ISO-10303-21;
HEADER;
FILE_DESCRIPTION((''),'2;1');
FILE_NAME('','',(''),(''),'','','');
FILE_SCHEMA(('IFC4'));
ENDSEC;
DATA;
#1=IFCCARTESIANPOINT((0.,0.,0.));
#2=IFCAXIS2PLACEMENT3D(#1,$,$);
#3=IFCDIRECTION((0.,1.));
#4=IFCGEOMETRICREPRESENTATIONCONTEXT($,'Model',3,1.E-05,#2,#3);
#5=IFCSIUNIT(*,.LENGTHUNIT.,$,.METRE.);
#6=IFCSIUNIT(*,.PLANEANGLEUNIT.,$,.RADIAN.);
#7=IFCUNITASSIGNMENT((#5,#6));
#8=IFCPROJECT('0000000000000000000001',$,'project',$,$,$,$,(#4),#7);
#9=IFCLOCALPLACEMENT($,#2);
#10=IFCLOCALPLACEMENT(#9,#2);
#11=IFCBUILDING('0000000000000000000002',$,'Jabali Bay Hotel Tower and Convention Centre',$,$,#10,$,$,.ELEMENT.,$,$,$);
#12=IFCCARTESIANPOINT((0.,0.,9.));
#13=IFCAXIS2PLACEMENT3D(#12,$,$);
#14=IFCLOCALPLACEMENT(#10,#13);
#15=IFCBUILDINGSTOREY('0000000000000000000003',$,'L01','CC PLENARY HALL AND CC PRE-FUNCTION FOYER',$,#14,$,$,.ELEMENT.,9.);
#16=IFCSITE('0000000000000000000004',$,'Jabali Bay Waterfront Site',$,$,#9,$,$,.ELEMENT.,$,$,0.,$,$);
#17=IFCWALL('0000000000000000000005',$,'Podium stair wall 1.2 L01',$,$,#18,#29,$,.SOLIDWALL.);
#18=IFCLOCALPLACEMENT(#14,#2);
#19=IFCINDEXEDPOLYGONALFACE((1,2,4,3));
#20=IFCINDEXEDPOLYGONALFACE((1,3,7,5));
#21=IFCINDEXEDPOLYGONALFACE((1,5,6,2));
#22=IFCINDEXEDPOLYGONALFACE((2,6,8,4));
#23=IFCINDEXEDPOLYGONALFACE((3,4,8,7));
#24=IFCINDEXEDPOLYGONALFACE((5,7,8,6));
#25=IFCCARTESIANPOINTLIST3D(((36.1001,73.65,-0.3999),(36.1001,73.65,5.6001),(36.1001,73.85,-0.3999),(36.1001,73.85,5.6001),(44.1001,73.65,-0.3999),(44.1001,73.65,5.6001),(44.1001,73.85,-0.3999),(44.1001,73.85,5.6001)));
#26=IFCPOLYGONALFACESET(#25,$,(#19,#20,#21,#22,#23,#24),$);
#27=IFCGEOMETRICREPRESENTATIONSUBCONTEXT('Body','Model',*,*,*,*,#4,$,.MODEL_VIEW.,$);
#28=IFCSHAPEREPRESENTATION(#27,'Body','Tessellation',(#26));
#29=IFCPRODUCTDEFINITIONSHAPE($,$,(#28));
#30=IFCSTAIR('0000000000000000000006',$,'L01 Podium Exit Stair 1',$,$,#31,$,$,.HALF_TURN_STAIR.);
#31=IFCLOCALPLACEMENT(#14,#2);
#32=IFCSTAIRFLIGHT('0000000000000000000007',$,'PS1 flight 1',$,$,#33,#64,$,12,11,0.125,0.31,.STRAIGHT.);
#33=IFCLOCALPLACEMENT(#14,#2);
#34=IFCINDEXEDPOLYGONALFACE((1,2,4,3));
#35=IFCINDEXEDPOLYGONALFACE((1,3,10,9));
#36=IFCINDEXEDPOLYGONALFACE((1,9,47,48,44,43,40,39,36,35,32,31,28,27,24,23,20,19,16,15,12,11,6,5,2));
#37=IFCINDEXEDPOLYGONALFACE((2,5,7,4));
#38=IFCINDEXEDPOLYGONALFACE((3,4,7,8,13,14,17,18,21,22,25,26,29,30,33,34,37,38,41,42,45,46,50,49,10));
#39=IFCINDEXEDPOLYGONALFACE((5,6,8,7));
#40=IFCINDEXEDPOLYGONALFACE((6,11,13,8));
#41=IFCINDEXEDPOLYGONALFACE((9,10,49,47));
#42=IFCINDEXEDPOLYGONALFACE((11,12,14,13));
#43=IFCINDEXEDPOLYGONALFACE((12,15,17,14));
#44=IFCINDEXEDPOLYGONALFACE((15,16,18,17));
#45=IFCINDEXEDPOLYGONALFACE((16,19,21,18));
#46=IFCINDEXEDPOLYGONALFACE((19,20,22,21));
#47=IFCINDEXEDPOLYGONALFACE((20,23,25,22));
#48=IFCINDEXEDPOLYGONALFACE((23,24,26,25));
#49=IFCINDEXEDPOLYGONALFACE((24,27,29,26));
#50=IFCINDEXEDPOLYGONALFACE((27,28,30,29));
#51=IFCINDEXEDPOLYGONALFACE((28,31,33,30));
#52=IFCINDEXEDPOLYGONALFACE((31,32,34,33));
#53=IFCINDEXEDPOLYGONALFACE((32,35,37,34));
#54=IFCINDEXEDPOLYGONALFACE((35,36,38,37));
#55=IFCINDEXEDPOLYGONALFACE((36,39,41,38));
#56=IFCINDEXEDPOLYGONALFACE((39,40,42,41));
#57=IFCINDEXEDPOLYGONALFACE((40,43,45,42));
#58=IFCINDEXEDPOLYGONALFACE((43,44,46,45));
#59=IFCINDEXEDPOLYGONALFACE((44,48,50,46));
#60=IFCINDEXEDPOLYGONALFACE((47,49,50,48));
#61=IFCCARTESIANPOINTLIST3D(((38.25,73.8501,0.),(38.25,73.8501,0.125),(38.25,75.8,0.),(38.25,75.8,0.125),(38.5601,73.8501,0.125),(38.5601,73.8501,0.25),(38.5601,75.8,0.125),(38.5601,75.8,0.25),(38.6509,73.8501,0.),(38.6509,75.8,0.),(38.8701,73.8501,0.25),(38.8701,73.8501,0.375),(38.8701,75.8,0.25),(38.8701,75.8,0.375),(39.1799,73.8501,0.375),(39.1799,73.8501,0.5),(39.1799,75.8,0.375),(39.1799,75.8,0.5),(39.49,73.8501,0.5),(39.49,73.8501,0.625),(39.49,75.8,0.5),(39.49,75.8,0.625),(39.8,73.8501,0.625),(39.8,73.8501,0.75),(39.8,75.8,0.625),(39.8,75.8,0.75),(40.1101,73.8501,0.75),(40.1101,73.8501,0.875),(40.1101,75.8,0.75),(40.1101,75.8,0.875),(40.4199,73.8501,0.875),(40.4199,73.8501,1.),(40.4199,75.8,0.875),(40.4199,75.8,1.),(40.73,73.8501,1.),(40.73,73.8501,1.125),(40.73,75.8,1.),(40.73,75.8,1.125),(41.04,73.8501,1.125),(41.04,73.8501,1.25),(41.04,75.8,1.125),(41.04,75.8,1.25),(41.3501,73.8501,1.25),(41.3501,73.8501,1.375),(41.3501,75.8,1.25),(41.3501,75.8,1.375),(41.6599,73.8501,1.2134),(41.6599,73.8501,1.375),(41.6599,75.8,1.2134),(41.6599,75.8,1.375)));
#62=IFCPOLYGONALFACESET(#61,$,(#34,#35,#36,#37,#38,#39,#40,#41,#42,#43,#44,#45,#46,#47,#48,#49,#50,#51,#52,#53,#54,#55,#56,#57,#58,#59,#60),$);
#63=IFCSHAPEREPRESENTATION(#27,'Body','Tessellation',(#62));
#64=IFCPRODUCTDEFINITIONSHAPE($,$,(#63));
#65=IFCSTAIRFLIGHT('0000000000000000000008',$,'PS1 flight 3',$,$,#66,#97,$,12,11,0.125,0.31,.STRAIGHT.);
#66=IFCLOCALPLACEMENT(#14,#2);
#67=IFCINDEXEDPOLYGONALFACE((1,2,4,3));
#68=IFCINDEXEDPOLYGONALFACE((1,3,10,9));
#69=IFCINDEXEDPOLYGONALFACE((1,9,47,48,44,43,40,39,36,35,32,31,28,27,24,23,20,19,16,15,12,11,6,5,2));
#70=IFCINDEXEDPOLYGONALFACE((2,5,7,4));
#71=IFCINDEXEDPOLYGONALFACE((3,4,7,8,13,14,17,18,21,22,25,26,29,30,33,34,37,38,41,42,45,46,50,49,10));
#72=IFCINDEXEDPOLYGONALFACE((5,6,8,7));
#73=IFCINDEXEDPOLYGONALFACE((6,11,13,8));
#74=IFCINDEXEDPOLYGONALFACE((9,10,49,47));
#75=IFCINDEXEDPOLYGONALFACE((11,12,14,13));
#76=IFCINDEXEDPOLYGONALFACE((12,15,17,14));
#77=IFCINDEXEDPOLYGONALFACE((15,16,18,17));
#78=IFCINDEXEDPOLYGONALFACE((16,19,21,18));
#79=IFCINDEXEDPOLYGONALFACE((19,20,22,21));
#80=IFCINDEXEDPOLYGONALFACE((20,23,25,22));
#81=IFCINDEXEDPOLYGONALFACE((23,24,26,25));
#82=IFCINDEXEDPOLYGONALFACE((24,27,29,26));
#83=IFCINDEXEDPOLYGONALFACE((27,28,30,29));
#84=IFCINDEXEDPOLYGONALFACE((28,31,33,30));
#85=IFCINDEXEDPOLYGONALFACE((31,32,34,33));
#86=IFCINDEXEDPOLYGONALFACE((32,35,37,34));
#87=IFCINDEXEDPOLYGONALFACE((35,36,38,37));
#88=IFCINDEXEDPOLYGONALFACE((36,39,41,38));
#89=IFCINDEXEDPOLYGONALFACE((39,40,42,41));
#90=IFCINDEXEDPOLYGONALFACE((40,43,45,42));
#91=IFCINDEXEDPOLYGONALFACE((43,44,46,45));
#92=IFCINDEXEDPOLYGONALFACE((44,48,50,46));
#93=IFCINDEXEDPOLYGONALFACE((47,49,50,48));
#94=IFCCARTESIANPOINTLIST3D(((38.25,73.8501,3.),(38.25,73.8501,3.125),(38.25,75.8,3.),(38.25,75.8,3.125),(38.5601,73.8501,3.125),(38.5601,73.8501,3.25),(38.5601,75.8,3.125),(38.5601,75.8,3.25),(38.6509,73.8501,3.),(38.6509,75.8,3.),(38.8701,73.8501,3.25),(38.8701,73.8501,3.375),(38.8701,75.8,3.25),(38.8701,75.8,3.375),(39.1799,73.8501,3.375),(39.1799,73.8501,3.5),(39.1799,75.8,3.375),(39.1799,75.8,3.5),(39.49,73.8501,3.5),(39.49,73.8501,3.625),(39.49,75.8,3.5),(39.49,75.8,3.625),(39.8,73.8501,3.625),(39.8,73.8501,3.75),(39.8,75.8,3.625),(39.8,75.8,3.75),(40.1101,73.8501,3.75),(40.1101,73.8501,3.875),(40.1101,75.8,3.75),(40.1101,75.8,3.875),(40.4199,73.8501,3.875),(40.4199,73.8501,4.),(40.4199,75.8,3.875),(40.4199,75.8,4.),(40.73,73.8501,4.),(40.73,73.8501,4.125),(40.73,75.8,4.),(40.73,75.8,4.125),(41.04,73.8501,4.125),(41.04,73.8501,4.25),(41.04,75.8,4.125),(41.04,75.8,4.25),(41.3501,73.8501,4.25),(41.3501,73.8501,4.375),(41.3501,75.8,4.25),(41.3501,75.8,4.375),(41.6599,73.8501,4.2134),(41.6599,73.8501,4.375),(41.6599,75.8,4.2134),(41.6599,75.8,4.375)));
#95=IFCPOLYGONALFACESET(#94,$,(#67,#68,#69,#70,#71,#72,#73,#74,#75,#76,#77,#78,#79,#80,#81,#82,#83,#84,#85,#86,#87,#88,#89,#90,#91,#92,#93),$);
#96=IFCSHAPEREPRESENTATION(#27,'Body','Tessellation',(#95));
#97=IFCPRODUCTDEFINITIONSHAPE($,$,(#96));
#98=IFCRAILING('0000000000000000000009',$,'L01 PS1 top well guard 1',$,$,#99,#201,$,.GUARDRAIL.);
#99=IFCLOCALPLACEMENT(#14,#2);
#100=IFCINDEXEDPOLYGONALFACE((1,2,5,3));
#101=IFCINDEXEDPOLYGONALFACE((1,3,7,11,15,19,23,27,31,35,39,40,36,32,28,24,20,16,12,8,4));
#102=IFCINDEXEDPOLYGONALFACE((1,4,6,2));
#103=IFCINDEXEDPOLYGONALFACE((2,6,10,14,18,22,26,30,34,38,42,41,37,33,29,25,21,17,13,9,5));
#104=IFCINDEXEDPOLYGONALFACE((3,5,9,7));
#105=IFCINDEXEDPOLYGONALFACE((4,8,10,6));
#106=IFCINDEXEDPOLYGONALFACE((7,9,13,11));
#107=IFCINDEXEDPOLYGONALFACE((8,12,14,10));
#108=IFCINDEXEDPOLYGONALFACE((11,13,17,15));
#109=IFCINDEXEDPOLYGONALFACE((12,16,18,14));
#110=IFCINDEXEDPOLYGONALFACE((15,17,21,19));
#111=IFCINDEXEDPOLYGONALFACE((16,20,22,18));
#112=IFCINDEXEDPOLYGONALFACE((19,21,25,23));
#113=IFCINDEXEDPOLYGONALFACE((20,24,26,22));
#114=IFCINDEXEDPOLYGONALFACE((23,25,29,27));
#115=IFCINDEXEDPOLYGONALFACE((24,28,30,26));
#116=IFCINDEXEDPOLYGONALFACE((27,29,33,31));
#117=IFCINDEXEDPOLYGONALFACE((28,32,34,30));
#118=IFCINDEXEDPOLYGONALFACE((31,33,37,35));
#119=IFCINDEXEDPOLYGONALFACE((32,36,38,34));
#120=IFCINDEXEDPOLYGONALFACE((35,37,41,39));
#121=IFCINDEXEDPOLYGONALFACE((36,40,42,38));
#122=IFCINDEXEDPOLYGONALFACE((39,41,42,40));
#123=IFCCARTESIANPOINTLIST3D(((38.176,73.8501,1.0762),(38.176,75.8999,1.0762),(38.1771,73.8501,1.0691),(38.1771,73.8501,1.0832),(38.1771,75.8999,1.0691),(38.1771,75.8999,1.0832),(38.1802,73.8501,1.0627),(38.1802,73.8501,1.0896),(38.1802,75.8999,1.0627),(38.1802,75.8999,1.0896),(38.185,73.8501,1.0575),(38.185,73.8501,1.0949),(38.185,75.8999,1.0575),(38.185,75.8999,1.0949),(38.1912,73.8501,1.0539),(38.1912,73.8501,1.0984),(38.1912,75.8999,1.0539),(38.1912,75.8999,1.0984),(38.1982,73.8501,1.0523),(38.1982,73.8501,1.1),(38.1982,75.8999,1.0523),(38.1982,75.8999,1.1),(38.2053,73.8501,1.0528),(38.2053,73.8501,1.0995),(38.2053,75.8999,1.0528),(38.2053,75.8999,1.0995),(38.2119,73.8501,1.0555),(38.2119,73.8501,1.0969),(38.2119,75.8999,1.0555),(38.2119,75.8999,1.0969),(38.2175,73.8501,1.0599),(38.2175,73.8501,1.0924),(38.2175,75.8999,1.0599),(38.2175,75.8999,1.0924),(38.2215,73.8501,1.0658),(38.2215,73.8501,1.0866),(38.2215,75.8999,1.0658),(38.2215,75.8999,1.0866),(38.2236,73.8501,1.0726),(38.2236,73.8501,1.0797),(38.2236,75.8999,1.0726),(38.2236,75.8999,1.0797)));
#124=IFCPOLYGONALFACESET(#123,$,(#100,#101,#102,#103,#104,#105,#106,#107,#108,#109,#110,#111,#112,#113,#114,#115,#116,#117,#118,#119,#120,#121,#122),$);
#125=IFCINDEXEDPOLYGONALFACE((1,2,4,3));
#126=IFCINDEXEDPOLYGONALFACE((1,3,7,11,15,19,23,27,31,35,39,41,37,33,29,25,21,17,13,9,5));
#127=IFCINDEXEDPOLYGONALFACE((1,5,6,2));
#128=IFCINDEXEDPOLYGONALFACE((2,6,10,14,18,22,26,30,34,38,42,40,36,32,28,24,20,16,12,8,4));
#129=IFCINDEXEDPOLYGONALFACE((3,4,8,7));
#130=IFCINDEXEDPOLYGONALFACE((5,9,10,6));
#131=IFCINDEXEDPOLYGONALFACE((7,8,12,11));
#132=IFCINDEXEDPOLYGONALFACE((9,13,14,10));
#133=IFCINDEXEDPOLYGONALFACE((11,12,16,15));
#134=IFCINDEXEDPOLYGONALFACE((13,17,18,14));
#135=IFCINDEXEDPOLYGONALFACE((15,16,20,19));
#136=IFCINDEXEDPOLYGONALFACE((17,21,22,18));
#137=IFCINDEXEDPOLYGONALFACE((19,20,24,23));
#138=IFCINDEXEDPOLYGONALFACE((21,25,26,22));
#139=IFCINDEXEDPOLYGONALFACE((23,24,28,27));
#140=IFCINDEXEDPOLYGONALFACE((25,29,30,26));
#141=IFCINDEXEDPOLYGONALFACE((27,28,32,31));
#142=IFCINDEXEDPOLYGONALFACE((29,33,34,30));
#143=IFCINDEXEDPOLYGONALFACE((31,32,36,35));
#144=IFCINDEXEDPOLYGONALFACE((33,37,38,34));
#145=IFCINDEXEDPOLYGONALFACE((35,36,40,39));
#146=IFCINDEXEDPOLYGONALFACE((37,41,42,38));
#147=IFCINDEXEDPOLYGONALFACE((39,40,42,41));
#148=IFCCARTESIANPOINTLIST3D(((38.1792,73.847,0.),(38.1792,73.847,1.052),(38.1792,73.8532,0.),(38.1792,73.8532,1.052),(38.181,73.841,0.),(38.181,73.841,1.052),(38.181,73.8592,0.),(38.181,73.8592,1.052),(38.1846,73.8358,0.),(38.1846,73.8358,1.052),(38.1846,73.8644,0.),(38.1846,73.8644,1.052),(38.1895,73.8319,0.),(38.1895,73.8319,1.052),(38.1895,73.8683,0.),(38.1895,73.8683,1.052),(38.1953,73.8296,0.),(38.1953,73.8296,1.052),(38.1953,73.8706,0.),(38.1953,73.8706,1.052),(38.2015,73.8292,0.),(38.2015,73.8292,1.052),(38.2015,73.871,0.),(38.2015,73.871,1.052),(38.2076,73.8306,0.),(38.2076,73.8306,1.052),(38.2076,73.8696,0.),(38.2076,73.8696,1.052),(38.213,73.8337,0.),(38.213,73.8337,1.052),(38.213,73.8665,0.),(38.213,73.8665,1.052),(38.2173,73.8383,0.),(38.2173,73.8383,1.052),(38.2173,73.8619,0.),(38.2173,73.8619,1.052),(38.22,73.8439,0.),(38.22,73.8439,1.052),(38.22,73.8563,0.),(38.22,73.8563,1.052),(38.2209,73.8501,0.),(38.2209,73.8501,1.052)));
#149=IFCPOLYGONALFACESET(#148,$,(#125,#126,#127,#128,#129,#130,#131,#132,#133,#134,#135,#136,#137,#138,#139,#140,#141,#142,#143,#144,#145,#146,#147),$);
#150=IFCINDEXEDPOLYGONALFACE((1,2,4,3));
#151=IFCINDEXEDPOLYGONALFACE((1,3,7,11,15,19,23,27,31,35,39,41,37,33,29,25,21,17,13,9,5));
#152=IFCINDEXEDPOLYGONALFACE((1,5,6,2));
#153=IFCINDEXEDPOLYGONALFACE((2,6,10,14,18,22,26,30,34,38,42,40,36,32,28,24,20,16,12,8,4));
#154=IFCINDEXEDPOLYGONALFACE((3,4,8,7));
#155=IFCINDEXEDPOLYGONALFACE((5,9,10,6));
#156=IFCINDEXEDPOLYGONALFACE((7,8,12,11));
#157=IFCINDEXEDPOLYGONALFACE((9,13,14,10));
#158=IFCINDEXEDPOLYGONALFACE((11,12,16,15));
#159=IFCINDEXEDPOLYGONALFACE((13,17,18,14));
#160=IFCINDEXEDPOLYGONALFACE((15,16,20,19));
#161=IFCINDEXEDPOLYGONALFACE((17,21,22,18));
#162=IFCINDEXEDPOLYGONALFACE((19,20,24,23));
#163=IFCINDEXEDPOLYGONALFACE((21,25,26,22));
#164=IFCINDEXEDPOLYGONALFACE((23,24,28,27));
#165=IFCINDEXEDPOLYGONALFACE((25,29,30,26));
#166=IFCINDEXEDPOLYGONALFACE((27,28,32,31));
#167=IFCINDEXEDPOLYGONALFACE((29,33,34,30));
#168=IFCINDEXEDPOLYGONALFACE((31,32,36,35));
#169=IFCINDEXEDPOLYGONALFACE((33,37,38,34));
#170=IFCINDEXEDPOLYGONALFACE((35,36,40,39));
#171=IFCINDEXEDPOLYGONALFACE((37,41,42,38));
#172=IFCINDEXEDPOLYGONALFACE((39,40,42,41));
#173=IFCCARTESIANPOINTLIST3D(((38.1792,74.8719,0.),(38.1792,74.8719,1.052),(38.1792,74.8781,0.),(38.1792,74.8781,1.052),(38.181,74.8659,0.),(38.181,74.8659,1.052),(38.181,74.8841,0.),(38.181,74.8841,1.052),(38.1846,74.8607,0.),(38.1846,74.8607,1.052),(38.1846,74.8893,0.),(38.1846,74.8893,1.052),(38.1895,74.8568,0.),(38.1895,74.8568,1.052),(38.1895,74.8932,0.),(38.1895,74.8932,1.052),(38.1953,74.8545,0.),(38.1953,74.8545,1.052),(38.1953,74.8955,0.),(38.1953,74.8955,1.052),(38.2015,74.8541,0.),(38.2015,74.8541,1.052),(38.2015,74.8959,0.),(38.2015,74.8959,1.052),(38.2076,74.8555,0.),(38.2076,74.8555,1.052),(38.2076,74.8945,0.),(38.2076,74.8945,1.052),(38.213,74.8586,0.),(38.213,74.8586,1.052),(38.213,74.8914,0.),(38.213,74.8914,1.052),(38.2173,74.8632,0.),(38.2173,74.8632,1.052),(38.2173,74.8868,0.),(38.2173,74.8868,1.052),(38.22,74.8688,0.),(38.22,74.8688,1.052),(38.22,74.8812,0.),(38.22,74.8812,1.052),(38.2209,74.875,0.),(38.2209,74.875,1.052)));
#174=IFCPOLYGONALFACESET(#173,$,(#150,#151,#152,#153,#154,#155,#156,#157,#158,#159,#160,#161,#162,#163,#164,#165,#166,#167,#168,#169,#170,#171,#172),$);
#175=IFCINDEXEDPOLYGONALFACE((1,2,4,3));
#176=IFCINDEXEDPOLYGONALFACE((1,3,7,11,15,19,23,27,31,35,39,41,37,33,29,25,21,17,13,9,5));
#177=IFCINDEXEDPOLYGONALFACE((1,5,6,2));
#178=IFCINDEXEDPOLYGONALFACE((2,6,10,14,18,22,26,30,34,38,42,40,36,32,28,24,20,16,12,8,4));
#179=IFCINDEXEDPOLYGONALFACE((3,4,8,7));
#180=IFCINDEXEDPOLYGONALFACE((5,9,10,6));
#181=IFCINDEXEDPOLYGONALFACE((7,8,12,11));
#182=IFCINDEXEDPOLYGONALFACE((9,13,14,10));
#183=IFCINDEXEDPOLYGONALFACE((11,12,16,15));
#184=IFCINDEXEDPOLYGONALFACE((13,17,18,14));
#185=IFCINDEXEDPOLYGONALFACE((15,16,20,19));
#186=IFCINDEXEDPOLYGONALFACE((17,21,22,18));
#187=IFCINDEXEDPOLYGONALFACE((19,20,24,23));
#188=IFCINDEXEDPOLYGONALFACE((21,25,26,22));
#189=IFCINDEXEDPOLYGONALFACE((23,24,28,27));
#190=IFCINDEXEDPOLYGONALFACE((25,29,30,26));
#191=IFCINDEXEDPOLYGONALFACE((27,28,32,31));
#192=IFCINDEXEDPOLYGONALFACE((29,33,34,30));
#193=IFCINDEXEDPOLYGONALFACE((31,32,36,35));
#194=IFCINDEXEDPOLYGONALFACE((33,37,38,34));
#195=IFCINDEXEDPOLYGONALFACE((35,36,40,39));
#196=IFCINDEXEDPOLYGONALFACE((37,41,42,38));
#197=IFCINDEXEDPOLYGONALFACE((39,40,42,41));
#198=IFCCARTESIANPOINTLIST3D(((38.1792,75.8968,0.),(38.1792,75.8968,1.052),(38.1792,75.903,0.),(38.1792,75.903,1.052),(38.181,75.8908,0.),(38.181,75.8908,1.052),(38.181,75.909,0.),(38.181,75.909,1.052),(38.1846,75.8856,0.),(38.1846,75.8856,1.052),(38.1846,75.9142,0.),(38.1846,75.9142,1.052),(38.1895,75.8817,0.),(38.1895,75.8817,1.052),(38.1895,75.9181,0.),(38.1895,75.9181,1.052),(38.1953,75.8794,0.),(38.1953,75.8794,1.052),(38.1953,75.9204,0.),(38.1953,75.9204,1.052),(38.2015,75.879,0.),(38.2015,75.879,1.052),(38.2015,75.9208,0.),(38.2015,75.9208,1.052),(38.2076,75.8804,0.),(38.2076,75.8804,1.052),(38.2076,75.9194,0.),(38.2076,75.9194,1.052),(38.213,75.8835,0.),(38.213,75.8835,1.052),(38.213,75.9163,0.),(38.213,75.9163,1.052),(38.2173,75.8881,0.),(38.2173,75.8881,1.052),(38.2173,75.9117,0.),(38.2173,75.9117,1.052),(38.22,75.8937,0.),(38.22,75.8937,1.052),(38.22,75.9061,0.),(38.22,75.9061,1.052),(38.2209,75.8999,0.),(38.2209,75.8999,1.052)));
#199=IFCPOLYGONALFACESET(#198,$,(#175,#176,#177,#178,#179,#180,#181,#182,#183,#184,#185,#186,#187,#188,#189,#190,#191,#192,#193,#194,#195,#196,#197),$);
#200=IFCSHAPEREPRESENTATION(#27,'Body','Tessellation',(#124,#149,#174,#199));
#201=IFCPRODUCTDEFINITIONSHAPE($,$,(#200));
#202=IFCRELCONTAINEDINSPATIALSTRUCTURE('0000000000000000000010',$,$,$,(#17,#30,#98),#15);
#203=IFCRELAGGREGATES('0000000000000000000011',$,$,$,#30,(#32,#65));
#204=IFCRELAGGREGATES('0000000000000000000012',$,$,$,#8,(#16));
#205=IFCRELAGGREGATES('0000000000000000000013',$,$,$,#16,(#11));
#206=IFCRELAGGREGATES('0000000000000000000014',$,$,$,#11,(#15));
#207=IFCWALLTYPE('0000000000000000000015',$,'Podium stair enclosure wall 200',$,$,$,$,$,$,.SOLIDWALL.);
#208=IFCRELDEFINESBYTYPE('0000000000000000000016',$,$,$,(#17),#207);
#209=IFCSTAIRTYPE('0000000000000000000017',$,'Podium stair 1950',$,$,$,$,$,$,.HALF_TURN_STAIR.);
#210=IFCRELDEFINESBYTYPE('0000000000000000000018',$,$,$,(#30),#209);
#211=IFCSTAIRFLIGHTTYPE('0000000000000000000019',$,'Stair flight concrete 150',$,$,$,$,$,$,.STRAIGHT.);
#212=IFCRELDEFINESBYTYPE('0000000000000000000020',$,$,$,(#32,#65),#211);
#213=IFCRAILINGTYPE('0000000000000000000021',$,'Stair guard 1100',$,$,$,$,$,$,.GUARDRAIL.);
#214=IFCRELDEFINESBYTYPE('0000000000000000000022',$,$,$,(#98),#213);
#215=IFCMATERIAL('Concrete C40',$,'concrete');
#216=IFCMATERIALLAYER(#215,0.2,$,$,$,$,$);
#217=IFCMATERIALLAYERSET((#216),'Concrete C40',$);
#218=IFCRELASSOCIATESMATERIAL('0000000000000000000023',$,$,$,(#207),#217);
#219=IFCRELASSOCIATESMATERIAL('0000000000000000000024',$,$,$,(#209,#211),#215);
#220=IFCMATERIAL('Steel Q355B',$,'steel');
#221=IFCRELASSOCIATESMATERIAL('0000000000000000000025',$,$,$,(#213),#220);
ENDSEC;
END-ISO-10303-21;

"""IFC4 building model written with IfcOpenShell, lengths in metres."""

from ifc_helpers import new_model, si_unit, direction, frame, frame_2d, origin, origin_2d, place, context, subcontext, project, spatial, polyline, rectangle, circle, outline, extrude, material, layer, layer_set, type_object, element, aggregate, save


model = new_model("IFC4")

# Units and contexts
model_context = context("Model", 3, precision=1e-05, world=origin(), true_north=direction((0.0, 1.0)))
body_context = subcontext(model_context, "Body", "Model", "MODEL_VIEW")
ifc_project = project(units=[si_unit("LENGTHUNIT", "METRE"), si_unit("PLANEANGLEUNIT", "RADIAN")], contexts=[model_context])

# Site, building, storey
site_placement = place(None, origin())
site = spatial("IfcSite", under=ifc_project, at=site_placement, Name="Jabali Bay Waterfront Site", CompositionType="ELEMENT", RefElevation=0.0)
building_placement = place(site_placement, origin())
building = spatial("IfcBuilding", under=site, at=building_placement, Name="Jabali Bay Hotel Tower and Convention Centre", CompositionType="ELEMENT")
storey_placement = place(building_placement, frame((0.0, 0.0, 9.0)))
storey = spatial("IfcBuildingStorey", under=building, at=storey_placement, Name="L01", Description="CC PLENARY HALL AND CC PRE-FUNCTION FOYER", CompositionType="ELEMENT", Elevation=9.0)

# Shared definitions
ifc_material_1 = material(Name="Concrete C40", Category="concrete")

# Wall
ifc_layer_1 = layer(ifc_material_1, 0.2)
ifc_layer_set_1 = layer_set([ifc_layer_1], Name="Concrete C40")
wall_type = type_object("IfcWallType", Name="Podium stair enclosure wall 200", PredefinedType="SOLIDWALL", material=ifc_layer_set_1)
wall_placement = place(storey_placement, frame((36.1001, 73.75, -0.3999), z_axis=(0.0, 0.0, 1.0), x_axis=(1.0, 0.0, 0.0)))
element("IfcWall", 1, at=wall_placement, inside=storey, type_object=wall_type, Name="Podium stair wall 1.2 L01", PredefinedType="SOLIDWALL", context=body_context, shape_type="SweptSolid", body=[
    extrude(rectangle(XDim=8.0, YDim=0.2, at=frame_2d((4.0, 0.0))), origin(), (0.0, 0.0, 1.0), 6.0),
])

# Stair, stair flights
stair_type = type_object("IfcStairType", Name="Podium stair 1950", PredefinedType="HALF_TURN_STAIR", material=ifc_material_1)
stair_placement = place(storey_placement, origin())
stair = element("IfcStair", 2, at=stair_placement, inside=storey, type_object=stair_type, Name="L01 Podium Exit Stair 1", PredefinedType="HALF_TURN_STAIR")
stair_flight_type = type_object("IfcStairFlightType", Name="Stair flight concrete 150", PredefinedType="STRAIGHT", material=ifc_material_1)
stair_flight_1_placement = place(storey_placement, frame((38.25, 74.825, 0.0), z_axis=(0.0, 0.0, 1.0), x_axis=(1.0, 0.0, 0.0)))
stair_flight_1 = element("IfcStairFlight", 3, at=stair_flight_1_placement, type_object=stair_flight_type, Name="PS1 flight 1", NumberOfRisers=12, NumberOfTreads=11, PredefinedType="STRAIGHT", RiserHeight=0.125, TreadLength=0.31, context=body_context, shape_type="SweptSolid", body=[
    extrude(outline(polyline([(0.0, 0.0), (0.0, 0.125), (0.3101, 0.125), (0.3101, 0.25), (0.6201, 0.25), (0.6201, 0.375), (0.9299, 0.375), (0.9299, 0.5), (1.24, 0.5), (1.24, 0.625), (1.55, 0.625), (1.55, 0.75), (1.8601, 0.75), (1.8601, 0.875), (2.1699, 0.875), (2.1699, 1.0), (2.48, 1.0), (2.48, 1.125), (2.79, 1.125), (2.79, 1.25), (3.1001, 1.25), (3.1001, 1.375), (3.4099, 1.375), (3.4099, 1.5), (3.4099, 1.2134), (0.4009, 0.0), (0.0, 0.0)])), frame((0.0, 0.9751, 0.0), z_axis=(0.0, -1.0, 0.0), x_axis=(1.0, 0.0, 0.0)), (0.0, 0.0, 1.0), 1.95),
])
stair_flight_2_placement = place(storey_placement, frame((38.25, 74.825, 3.0), z_axis=(0.0, 0.0, 1.0), x_axis=(1.0, 0.0, 0.0)))
stair_flight_2 = element("IfcStairFlight", 4, at=stair_flight_2_placement, type_object=stair_flight_type, Name="PS1 flight 3", NumberOfRisers=12, NumberOfTreads=11, PredefinedType="STRAIGHT", RiserHeight=0.125, TreadLength=0.31, context=body_context, shape_type="SweptSolid", body=[
    extrude(outline(polyline([(0.0, 0.0), (0.0, 0.125), (0.3101, 0.125), (0.3101, 0.25), (0.6201, 0.25), (0.6201, 0.375), (0.9299, 0.375), (0.9299, 0.5), (1.24, 0.5), (1.24, 0.625), (1.55, 0.625), (1.55, 0.75), (1.8601, 0.75), (1.8601, 0.875), (2.1699, 0.875), (2.1699, 1.0), (2.48, 1.0), (2.48, 1.125), (2.79, 1.125), (2.79, 1.25), (3.1001, 1.25), (3.1001, 1.375), (3.4099, 1.375), (3.4099, 1.5), (3.4099, 1.2134), (0.4009, 0.0), (0.0, 0.0)])), frame((0.0, 0.9751, 0.0), z_axis=(0.0, -1.0, 0.0), x_axis=(1.0, 0.0, 0.0)), (0.0, 0.0, 1.0), 1.95),
])
aggregate(stair, [stair_flight_1, stair_flight_2])

# Railing
ifc_material_2 = material(Name="Steel Q355B", Category="steel")
railing_type_1 = type_object("IfcRailingType", Name="Stair guard 1100", PredefinedType="GUARDRAIL", material=ifc_material_2)
railing_1_placement = place(storey_placement, frame((38.2, 73.8501, 0.0)))
element("IfcRailing", 5, at=railing_1_placement, inside=storey, type_object=railing_type_1, Name="L01 PS1 top well guard 1", PredefinedType="GUARDRAIL", context=body_context, shape_type="SweptSolid", body=[
    extrude(circle(Radius=0.0239, at=origin_2d()), frame((0.0, 0.0, 1.0762), z_axis=(0.0, 1.0, 0.0), x_axis=(-1.0, 0.0, 0.0)), (0.0, 0.0, 1.0), 2.0498),
    extrude(circle(Radius=0.021, at=origin_2d()), origin(), (0.0, 0.0, 1.0), 1.052),
    extrude(circle(Radius=0.021, at=origin_2d()), frame((0.0, 1.0249, 0.0)), (0.0, 0.0, 1.0), 1.052),
    extrude(circle(Radius=0.021, at=origin_2d()), frame((0.0, 2.0498, 0.0)), (0.0, 0.0, 1.0), 1.052),
])

save(model, "model.ifc")
